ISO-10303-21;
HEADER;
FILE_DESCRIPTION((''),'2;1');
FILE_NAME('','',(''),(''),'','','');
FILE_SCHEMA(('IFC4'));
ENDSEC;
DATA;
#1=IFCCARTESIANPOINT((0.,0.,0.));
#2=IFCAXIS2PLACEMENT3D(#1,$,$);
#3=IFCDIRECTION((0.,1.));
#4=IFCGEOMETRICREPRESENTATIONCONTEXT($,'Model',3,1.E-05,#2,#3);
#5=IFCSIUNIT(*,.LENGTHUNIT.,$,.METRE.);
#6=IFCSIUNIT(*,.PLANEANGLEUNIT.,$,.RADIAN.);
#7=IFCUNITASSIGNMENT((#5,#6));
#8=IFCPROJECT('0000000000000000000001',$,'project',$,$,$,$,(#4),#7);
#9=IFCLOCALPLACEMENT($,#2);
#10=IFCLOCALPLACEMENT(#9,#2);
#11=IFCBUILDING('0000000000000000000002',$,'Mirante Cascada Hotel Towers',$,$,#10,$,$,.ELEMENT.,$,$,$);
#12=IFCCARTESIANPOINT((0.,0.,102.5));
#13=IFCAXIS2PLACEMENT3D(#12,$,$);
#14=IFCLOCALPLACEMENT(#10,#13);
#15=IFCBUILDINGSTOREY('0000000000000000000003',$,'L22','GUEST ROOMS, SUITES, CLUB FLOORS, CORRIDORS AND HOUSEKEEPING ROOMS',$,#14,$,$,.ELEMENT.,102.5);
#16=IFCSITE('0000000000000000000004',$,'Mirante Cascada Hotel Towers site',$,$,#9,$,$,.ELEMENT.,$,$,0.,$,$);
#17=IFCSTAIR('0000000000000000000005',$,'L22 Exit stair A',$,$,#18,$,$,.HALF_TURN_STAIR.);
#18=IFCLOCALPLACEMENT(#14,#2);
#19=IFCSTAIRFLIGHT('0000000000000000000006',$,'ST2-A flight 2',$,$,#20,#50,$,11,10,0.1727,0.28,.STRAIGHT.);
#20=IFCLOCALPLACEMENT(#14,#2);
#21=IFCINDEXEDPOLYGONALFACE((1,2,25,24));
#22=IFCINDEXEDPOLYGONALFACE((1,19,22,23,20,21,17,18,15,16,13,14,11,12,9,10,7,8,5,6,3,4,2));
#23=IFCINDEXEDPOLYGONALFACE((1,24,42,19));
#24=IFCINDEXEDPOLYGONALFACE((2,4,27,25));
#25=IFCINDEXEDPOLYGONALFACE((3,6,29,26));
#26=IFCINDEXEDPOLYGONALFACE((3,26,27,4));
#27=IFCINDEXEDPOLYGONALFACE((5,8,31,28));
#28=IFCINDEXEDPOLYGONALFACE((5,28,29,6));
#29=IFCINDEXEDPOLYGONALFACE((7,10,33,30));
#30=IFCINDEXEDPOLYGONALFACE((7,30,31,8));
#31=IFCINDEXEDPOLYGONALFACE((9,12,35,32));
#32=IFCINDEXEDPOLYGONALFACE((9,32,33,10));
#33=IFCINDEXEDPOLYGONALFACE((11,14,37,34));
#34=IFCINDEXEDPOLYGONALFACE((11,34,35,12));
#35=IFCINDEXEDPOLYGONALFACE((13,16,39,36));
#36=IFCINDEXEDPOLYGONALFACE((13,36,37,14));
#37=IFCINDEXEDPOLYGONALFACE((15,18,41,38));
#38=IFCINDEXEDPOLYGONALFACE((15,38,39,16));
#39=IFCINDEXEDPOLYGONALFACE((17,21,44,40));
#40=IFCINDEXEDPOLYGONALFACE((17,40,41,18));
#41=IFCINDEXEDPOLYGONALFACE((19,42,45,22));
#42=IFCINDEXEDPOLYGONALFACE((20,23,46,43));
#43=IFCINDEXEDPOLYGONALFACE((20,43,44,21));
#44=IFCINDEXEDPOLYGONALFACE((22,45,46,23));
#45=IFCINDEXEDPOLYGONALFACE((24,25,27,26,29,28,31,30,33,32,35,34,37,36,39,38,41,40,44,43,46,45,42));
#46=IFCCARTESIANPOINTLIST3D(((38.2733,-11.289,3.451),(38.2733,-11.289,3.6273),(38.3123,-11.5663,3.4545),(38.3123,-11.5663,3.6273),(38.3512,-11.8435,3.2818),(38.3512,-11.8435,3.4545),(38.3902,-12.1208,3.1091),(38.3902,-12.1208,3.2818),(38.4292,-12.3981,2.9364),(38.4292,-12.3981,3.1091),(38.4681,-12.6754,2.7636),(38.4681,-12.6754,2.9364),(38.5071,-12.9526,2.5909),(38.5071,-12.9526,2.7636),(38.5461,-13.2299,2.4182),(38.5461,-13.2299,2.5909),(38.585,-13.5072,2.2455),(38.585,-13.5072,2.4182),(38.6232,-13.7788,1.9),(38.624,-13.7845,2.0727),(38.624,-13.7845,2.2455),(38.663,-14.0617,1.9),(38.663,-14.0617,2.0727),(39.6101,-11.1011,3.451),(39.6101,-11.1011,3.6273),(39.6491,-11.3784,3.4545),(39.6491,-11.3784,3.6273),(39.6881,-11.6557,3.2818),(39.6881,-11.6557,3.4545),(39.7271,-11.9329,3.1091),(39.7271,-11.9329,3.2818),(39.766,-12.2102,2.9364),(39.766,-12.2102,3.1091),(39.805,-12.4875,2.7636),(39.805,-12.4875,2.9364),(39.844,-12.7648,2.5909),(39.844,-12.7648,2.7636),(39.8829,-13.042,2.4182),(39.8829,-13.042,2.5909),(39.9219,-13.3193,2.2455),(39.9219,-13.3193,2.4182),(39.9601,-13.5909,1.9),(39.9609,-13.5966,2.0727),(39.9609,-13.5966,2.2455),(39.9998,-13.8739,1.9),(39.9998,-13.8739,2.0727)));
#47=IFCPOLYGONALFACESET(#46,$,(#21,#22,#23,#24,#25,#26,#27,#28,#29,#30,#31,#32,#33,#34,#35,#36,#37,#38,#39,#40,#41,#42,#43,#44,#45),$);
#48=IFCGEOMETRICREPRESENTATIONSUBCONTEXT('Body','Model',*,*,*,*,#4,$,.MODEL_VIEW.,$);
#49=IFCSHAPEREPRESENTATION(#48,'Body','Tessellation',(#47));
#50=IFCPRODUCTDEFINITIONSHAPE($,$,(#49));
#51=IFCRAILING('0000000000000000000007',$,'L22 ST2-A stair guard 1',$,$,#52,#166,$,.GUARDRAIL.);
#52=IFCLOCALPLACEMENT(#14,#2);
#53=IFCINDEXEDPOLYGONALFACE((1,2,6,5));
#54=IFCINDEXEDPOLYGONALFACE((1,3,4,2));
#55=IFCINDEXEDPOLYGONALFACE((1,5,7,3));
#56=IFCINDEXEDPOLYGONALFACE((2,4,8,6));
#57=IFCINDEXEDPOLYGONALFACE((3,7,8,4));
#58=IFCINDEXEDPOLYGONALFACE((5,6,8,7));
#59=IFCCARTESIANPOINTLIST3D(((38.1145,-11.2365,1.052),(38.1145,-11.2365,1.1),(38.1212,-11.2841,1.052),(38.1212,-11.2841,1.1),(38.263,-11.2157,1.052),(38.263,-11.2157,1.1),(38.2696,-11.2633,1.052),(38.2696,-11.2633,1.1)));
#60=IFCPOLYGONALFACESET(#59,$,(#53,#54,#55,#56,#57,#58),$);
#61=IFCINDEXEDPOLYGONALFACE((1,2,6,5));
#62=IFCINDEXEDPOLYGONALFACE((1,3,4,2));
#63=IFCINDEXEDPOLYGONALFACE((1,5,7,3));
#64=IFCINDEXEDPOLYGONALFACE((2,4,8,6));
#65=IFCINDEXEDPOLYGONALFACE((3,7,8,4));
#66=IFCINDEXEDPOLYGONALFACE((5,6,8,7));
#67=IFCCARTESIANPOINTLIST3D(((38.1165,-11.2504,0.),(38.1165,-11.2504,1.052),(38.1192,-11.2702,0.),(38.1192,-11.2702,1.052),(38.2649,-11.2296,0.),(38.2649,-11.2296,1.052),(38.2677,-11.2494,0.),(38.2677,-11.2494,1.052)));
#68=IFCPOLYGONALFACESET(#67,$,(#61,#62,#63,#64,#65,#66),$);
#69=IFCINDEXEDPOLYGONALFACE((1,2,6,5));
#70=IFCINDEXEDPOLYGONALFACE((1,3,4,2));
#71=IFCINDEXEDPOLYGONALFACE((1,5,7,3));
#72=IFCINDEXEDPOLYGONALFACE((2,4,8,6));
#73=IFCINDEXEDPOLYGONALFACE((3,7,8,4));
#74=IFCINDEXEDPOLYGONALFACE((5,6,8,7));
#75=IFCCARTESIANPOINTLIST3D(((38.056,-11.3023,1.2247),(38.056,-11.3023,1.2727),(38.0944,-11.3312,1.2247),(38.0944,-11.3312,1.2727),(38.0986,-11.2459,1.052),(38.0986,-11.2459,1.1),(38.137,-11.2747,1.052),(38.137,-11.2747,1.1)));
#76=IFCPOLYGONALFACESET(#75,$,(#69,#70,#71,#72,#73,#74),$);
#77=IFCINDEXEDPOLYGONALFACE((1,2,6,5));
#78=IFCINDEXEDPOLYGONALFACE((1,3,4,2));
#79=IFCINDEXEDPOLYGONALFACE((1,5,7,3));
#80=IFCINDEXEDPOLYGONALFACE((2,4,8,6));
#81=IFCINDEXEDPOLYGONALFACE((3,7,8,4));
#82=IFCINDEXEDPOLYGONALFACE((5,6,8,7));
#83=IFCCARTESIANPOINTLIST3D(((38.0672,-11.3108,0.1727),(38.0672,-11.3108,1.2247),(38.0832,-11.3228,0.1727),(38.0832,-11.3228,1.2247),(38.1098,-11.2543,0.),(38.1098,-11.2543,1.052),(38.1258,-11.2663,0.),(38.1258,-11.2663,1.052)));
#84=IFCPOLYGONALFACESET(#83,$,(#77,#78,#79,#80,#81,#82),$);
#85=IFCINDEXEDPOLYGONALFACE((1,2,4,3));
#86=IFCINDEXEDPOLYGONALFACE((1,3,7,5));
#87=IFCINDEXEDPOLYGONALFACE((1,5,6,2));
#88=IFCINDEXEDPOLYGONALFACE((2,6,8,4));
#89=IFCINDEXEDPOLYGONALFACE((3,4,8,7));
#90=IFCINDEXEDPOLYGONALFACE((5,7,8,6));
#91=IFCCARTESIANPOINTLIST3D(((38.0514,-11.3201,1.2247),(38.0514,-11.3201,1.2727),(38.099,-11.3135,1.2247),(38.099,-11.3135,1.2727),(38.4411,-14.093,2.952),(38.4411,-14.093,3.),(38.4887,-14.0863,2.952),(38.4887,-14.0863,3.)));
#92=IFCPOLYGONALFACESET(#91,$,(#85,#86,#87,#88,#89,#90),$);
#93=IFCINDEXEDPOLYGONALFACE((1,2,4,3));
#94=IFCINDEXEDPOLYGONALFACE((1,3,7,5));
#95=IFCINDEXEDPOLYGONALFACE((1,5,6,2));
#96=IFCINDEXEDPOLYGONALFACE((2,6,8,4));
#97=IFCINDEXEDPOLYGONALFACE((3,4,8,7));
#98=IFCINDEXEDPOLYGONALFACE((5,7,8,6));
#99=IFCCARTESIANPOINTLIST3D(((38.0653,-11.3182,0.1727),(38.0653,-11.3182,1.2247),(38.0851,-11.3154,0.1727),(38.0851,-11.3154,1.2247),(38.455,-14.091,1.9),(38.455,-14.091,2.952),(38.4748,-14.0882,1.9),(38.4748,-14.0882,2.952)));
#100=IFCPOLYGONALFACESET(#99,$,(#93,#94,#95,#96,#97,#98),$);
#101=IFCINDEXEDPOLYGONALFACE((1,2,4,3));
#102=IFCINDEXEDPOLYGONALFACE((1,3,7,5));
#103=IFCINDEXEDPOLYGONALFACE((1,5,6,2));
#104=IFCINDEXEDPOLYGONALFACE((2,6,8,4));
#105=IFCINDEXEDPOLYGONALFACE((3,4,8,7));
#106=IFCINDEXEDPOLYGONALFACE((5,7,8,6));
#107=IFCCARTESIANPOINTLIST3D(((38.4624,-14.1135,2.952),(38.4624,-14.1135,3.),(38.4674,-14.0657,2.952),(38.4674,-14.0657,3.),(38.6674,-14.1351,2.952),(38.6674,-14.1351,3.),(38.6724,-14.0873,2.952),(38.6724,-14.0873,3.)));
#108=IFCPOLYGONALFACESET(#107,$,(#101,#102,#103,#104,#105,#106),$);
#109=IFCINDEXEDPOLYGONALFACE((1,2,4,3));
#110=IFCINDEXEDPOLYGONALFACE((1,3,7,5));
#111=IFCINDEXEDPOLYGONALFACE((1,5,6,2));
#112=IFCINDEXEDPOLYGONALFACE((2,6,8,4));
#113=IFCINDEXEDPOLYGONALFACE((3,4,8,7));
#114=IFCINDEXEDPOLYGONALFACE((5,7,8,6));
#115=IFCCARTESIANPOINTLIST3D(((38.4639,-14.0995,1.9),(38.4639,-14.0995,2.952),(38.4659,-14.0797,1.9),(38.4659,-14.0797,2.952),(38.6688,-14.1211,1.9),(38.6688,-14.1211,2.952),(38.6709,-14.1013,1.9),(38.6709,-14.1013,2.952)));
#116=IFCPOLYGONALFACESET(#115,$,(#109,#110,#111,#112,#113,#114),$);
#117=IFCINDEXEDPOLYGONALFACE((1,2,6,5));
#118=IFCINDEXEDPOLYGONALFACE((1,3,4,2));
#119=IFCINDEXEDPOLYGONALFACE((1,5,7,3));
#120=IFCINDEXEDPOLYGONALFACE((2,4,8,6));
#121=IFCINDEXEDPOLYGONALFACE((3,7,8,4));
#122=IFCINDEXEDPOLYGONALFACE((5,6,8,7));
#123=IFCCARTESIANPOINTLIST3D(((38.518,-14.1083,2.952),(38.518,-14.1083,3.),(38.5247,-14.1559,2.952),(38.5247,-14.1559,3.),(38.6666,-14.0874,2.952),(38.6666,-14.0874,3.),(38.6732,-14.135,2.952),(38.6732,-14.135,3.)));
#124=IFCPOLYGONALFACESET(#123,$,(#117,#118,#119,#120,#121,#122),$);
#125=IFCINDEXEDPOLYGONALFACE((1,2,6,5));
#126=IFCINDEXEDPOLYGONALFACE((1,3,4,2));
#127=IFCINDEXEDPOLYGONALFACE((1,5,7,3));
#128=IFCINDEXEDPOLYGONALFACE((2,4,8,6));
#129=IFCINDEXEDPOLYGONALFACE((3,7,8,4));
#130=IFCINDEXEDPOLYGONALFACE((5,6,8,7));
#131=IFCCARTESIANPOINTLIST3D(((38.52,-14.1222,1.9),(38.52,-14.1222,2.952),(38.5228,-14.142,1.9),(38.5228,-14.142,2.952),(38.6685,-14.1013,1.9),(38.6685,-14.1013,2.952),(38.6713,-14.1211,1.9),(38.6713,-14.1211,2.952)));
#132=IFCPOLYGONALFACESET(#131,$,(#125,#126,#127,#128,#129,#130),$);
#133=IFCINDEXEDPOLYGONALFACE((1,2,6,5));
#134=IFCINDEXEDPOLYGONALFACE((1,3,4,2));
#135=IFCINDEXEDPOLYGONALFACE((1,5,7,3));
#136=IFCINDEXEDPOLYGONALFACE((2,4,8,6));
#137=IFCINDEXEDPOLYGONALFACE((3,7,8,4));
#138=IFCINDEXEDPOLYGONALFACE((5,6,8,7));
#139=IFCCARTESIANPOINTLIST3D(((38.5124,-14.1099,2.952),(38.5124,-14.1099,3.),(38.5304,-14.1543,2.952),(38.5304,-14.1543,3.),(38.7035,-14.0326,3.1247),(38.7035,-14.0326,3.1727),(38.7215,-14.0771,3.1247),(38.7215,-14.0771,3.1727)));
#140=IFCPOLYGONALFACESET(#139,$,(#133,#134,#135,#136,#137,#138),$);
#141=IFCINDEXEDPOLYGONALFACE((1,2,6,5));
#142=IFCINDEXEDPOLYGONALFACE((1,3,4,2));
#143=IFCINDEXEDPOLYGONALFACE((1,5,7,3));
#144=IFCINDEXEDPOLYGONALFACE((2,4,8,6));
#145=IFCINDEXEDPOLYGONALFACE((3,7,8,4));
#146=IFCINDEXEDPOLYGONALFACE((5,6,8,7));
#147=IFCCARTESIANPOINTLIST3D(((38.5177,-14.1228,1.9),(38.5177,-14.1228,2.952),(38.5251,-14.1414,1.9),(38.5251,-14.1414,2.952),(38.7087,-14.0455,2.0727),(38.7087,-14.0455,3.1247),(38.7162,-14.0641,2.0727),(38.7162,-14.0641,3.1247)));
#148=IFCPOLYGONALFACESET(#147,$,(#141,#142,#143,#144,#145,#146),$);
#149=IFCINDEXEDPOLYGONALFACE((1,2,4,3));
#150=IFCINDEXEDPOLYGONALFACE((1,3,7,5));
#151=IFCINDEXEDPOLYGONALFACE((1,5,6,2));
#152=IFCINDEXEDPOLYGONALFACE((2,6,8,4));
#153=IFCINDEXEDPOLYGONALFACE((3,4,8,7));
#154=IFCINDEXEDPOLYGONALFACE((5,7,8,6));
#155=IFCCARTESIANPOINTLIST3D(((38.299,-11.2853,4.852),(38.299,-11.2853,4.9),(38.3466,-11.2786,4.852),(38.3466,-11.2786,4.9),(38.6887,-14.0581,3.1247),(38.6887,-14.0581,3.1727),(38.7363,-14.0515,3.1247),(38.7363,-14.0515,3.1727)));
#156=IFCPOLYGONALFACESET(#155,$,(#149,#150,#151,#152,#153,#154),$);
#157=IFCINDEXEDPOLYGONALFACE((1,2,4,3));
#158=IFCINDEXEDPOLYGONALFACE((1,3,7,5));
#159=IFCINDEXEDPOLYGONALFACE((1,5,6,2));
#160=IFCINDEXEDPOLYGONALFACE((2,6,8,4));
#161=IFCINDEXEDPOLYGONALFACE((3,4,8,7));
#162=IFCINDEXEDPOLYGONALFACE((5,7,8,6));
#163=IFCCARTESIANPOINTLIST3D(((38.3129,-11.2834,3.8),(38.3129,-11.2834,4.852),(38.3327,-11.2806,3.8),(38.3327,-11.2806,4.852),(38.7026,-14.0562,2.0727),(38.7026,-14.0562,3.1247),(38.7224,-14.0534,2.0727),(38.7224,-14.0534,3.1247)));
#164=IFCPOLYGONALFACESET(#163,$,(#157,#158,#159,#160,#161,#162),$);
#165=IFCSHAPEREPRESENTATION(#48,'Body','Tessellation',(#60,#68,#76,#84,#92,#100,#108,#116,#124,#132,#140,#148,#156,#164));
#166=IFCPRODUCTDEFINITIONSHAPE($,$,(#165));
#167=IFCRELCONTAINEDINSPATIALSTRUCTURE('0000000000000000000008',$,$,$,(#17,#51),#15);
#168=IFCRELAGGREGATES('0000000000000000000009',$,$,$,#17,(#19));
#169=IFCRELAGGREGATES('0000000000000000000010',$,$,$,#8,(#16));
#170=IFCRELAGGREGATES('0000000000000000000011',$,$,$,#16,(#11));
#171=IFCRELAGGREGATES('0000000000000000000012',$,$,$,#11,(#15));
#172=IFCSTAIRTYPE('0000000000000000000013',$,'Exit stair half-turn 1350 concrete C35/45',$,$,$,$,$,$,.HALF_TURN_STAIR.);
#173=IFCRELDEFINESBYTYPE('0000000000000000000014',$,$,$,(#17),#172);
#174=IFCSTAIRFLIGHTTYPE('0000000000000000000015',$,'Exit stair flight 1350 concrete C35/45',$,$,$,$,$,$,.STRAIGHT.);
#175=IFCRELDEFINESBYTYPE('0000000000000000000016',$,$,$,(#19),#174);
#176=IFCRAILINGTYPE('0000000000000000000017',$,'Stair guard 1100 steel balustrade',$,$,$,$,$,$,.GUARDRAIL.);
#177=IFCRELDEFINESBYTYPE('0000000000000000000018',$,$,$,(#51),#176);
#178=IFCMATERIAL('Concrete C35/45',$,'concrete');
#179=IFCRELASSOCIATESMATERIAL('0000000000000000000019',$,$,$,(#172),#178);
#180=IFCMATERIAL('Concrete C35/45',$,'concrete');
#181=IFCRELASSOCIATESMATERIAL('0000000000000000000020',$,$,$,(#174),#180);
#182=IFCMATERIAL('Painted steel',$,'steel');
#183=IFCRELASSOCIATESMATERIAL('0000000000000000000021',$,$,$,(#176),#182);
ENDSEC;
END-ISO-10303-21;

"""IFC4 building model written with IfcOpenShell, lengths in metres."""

from ifc_helpers import new_model, si_unit, direction, frame, origin, origin_2d, place, context, subcontext, project, spatial, polyline, rectangle, outline, extrude, material, type_object, element, aggregate, save


model = new_model("IFC4")

# Units and contexts
model_context = context("Model", 3, precision=1e-05, world=origin(), true_north=direction((0.0, 1.0)))
body_context = subcontext(model_context, "Body", "Model", "MODEL_VIEW")
ifc_project = project(units=[si_unit("LENGTHUNIT", "METRE"), si_unit("PLANEANGLEUNIT", "RADIAN")], contexts=[model_context])

# Site, building, storey
site_placement = place(None, origin())
site = spatial("IfcSite", under=ifc_project, at=site_placement, Name="Mirante Cascada Hotel Towers site", CompositionType="ELEMENT", RefElevation=0.0)
building_placement = place(site_placement, origin())
building = spatial("IfcBuilding", under=site, at=building_placement, Name="Mirante Cascada Hotel Towers", CompositionType="ELEMENT")
storey_placement = place(building_placement, frame((0.0, 0.0, 102.5)))
storey = spatial("IfcBuildingStorey", under=building, at=storey_placement, Name="L22", Description="GUEST ROOMS, SUITES, CLUB FLOORS, CORRIDORS AND HOUSEKEEPING ROOMS", CompositionType="ELEMENT", Elevation=102.5)

# Stair, stair flight
ifc_material_1 = material(Name="Concrete C35/45", Category="concrete")
stair_type = type_object("IfcStairType", Name="Exit stair half-turn 1350 concrete C35/45", PredefinedType="HALF_TURN_STAIR", material=ifc_material_1)
stair_placement = place(storey_placement, origin())
stair = element("IfcStair", 1, at=stair_placement, inside=storey, type_object=stair_type, Name="L22 Exit stair A", PredefinedType="HALF_TURN_STAIR")
ifc_material_2 = material(Name="Concrete C35/45", Category="concrete")
stair_flight_type = type_object("IfcStairFlightType", Name="Exit stair flight 1350 concrete C35/45", PredefinedType="STRAIGHT", material=ifc_material_2)
stair_flight_1_placement = place(storey_placement, frame((39.3314, -13.9678, 1.9), z_axis=(0.0, 0.0, 1.0), x_axis=(-0.139173, 0.990268, 0.0)))
stair_flight_1 = element("IfcStairFlight", 2, at=stair_flight_1_placement, type_object=stair_flight_type, Name="ST2-A flight 2", NumberOfRisers=11, NumberOfTreads=10, PredefinedType="STRAIGHT", RiserHeight=0.1727, TreadLength=0.28, context=body_context, shape_type="SweptSolid", body=[
    extrude(outline(polyline([(0.0, 0.0), (0.0, 0.1727), (0.28, 0.1727), (0.28, 0.3455), (0.56, 0.3455), (0.56, 0.5182), (0.84, 0.5182), (0.84, 0.6909), (1.12, 0.6909), (1.12, 0.8636), (1.4, 0.8636), (1.4, 1.0364), (1.68, 1.0364), (1.68, 1.2091), (1.96, 1.2091), (1.96, 1.3818), (2.24, 1.3818), (2.24, 1.5545), (2.52, 1.5545), (2.52, 1.7273), (2.8, 1.7273), (2.8, 1.9), (2.8, 1.551), (0.2857, 0.0), (0.0, 0.0)])), frame((0.0, 0.675, 0.0), z_axis=(0.0, -1.0, 0.0), x_axis=(1.0, 0.0, 0.0)), (0.0, 0.0, 1.0), 1.35),
])
aggregate(stair, [stair_flight_1])

# Railing
ifc_material_3 = material(Name="Painted steel", Category="steel")
railing_type = type_object("IfcRailingType", Name="Stair guard 1100 steel balustrade", PredefinedType="GUARDRAIL", material=ifc_material_3)
railing_placement = place(storey_placement, frame((38.2663, -11.2395, 0.0)))
element("IfcRailing", 3, at=railing_placement, inside=storey, type_object=railing_type, Name="L22 ST2-A stair guard 1", PredefinedType="GUARDRAIL", context=body_context, shape_type="SweptSolid", body=[
    extrude(rectangle(XDim=0.048, YDim=0.048, at=origin_2d()), frame((0.0, 0.0, 1.076), z_axis=(-0.990333, -0.138713, 0.0), x_axis=(0.138713, -0.990333, 0.0)), (0.0, 0.0, 1.0), 0.1499),
    extrude(rectangle(XDim=0.02, YDim=1.052, at=origin_2d()), frame((0.0, 0.0, 0.526), z_axis=(-0.990333, -0.138713, 0.0), x_axis=(0.138713, -0.990333, 0.0)), (0.0, 0.0, 1.0), 0.1499),
    extrude(rectangle(XDim=0.048, YDim=0.048, at=origin_2d()), frame((-0.1485, -0.0208, 1.076), z_axis=(-0.602033, -0.798471, 0.0), x_axis=(0.798471, -0.602033, 0.0)), (0.0, 0.92534, 0.379139), 0.1866),
    extrude(rectangle(XDim=0.02, YDim=1.052, at=origin_2d()), frame((-0.1485, -0.0208, 0.526), z_axis=(-0.602033, -0.798471, 0.0), x_axis=(0.798471, -0.602033, 0.0)), (0.0, 0.92534, 0.379139), 0.1866),
    extrude(rectangle(XDim=0.048, YDim=0.048, at=origin_2d()), frame((-0.1911, -0.0773, 1.2487), z_axis=(0.139176, -0.990268, 0.0), x_axis=(0.990268, 0.139176, 0.0)), (0.0, 0.525021, 0.851089), 3.29),
    extrude(rectangle(XDim=0.02, YDim=1.052, at=origin_2d()), frame((-0.1911, -0.0773, 0.6987), z_axis=(0.139176, -0.990268, 0.0), x_axis=(0.990268, 0.139176, 0.0)), (0.0, 0.525021, 0.851089), 3.29),
    extrude(rectangle(XDim=0.048, YDim=0.048, at=origin_2d()), frame((0.1986, -2.8501, 2.976), z_axis=(0.994495, -0.104786, 0.0), x_axis=(0.104786, 0.994495, 0.0)), (0.0, 0.0, 1.0), 0.2061),
    extrude(rectangle(XDim=0.02, YDim=1.052, at=origin_2d()), frame((0.1986, -2.8501, 2.426), z_axis=(0.994495, -0.104786, 0.0), x_axis=(0.104786, 0.994495, 0.0)), (0.0, 0.0, 1.0), 0.2061),
    extrude(rectangle(XDim=0.048, YDim=0.048, at=origin_2d()), frame((0.4036, -2.8717, 2.976), z_axis=(-0.990241, -0.139367, 0.0), x_axis=(0.139367, -0.990241, 0.0)), (0.0, 0.0, 1.0), 0.15),
    extrude(rectangle(XDim=0.02, YDim=1.052, at=origin_2d()), frame((0.4036, -2.8717, 2.426), z_axis=(-0.990241, -0.139367, 0.0), x_axis=(0.139367, -0.990241, 0.0)), (0.0, 0.0, 1.0), 0.15),
    extrude(rectangle(XDim=0.048, YDim=0.048, at=origin_2d()), frame((0.2551, -2.8926, 2.976), z_axis=(0.927031, 0.374984, 0.0), x_axis=(-0.374984, 0.927031, 0.0)), (0.0, 0.64219, 0.766545), 0.2689),
    extrude(rectangle(XDim=0.02, YDim=1.052, at=origin_2d()), frame((0.2551, -2.8926, 2.426), z_axis=(0.927031, 0.374984, 0.0), x_axis=(-0.374984, 0.927031, 0.0)), (0.0, 0.64219, 0.766545), 0.2689),
    extrude(rectangle(XDim=0.048, YDim=0.048, at=origin_2d()), frame((0.4462, -2.8153, 3.1487), z_axis=(-0.139176, 0.990268, 0.0), x_axis=(-0.990268, -0.139176, 0.0)), (0.0, 0.525021, 0.851089), 3.29),
    extrude(rectangle(XDim=0.02, YDim=1.052, at=origin_2d()), frame((0.4462, -2.8153, 2.5987), z_axis=(-0.139176, 0.990268, 0.0), x_axis=(-0.990268, -0.139176, 0.0)), (0.0, 0.525021, 0.851089), 3.29),
])

save(model, "model.ifc")
